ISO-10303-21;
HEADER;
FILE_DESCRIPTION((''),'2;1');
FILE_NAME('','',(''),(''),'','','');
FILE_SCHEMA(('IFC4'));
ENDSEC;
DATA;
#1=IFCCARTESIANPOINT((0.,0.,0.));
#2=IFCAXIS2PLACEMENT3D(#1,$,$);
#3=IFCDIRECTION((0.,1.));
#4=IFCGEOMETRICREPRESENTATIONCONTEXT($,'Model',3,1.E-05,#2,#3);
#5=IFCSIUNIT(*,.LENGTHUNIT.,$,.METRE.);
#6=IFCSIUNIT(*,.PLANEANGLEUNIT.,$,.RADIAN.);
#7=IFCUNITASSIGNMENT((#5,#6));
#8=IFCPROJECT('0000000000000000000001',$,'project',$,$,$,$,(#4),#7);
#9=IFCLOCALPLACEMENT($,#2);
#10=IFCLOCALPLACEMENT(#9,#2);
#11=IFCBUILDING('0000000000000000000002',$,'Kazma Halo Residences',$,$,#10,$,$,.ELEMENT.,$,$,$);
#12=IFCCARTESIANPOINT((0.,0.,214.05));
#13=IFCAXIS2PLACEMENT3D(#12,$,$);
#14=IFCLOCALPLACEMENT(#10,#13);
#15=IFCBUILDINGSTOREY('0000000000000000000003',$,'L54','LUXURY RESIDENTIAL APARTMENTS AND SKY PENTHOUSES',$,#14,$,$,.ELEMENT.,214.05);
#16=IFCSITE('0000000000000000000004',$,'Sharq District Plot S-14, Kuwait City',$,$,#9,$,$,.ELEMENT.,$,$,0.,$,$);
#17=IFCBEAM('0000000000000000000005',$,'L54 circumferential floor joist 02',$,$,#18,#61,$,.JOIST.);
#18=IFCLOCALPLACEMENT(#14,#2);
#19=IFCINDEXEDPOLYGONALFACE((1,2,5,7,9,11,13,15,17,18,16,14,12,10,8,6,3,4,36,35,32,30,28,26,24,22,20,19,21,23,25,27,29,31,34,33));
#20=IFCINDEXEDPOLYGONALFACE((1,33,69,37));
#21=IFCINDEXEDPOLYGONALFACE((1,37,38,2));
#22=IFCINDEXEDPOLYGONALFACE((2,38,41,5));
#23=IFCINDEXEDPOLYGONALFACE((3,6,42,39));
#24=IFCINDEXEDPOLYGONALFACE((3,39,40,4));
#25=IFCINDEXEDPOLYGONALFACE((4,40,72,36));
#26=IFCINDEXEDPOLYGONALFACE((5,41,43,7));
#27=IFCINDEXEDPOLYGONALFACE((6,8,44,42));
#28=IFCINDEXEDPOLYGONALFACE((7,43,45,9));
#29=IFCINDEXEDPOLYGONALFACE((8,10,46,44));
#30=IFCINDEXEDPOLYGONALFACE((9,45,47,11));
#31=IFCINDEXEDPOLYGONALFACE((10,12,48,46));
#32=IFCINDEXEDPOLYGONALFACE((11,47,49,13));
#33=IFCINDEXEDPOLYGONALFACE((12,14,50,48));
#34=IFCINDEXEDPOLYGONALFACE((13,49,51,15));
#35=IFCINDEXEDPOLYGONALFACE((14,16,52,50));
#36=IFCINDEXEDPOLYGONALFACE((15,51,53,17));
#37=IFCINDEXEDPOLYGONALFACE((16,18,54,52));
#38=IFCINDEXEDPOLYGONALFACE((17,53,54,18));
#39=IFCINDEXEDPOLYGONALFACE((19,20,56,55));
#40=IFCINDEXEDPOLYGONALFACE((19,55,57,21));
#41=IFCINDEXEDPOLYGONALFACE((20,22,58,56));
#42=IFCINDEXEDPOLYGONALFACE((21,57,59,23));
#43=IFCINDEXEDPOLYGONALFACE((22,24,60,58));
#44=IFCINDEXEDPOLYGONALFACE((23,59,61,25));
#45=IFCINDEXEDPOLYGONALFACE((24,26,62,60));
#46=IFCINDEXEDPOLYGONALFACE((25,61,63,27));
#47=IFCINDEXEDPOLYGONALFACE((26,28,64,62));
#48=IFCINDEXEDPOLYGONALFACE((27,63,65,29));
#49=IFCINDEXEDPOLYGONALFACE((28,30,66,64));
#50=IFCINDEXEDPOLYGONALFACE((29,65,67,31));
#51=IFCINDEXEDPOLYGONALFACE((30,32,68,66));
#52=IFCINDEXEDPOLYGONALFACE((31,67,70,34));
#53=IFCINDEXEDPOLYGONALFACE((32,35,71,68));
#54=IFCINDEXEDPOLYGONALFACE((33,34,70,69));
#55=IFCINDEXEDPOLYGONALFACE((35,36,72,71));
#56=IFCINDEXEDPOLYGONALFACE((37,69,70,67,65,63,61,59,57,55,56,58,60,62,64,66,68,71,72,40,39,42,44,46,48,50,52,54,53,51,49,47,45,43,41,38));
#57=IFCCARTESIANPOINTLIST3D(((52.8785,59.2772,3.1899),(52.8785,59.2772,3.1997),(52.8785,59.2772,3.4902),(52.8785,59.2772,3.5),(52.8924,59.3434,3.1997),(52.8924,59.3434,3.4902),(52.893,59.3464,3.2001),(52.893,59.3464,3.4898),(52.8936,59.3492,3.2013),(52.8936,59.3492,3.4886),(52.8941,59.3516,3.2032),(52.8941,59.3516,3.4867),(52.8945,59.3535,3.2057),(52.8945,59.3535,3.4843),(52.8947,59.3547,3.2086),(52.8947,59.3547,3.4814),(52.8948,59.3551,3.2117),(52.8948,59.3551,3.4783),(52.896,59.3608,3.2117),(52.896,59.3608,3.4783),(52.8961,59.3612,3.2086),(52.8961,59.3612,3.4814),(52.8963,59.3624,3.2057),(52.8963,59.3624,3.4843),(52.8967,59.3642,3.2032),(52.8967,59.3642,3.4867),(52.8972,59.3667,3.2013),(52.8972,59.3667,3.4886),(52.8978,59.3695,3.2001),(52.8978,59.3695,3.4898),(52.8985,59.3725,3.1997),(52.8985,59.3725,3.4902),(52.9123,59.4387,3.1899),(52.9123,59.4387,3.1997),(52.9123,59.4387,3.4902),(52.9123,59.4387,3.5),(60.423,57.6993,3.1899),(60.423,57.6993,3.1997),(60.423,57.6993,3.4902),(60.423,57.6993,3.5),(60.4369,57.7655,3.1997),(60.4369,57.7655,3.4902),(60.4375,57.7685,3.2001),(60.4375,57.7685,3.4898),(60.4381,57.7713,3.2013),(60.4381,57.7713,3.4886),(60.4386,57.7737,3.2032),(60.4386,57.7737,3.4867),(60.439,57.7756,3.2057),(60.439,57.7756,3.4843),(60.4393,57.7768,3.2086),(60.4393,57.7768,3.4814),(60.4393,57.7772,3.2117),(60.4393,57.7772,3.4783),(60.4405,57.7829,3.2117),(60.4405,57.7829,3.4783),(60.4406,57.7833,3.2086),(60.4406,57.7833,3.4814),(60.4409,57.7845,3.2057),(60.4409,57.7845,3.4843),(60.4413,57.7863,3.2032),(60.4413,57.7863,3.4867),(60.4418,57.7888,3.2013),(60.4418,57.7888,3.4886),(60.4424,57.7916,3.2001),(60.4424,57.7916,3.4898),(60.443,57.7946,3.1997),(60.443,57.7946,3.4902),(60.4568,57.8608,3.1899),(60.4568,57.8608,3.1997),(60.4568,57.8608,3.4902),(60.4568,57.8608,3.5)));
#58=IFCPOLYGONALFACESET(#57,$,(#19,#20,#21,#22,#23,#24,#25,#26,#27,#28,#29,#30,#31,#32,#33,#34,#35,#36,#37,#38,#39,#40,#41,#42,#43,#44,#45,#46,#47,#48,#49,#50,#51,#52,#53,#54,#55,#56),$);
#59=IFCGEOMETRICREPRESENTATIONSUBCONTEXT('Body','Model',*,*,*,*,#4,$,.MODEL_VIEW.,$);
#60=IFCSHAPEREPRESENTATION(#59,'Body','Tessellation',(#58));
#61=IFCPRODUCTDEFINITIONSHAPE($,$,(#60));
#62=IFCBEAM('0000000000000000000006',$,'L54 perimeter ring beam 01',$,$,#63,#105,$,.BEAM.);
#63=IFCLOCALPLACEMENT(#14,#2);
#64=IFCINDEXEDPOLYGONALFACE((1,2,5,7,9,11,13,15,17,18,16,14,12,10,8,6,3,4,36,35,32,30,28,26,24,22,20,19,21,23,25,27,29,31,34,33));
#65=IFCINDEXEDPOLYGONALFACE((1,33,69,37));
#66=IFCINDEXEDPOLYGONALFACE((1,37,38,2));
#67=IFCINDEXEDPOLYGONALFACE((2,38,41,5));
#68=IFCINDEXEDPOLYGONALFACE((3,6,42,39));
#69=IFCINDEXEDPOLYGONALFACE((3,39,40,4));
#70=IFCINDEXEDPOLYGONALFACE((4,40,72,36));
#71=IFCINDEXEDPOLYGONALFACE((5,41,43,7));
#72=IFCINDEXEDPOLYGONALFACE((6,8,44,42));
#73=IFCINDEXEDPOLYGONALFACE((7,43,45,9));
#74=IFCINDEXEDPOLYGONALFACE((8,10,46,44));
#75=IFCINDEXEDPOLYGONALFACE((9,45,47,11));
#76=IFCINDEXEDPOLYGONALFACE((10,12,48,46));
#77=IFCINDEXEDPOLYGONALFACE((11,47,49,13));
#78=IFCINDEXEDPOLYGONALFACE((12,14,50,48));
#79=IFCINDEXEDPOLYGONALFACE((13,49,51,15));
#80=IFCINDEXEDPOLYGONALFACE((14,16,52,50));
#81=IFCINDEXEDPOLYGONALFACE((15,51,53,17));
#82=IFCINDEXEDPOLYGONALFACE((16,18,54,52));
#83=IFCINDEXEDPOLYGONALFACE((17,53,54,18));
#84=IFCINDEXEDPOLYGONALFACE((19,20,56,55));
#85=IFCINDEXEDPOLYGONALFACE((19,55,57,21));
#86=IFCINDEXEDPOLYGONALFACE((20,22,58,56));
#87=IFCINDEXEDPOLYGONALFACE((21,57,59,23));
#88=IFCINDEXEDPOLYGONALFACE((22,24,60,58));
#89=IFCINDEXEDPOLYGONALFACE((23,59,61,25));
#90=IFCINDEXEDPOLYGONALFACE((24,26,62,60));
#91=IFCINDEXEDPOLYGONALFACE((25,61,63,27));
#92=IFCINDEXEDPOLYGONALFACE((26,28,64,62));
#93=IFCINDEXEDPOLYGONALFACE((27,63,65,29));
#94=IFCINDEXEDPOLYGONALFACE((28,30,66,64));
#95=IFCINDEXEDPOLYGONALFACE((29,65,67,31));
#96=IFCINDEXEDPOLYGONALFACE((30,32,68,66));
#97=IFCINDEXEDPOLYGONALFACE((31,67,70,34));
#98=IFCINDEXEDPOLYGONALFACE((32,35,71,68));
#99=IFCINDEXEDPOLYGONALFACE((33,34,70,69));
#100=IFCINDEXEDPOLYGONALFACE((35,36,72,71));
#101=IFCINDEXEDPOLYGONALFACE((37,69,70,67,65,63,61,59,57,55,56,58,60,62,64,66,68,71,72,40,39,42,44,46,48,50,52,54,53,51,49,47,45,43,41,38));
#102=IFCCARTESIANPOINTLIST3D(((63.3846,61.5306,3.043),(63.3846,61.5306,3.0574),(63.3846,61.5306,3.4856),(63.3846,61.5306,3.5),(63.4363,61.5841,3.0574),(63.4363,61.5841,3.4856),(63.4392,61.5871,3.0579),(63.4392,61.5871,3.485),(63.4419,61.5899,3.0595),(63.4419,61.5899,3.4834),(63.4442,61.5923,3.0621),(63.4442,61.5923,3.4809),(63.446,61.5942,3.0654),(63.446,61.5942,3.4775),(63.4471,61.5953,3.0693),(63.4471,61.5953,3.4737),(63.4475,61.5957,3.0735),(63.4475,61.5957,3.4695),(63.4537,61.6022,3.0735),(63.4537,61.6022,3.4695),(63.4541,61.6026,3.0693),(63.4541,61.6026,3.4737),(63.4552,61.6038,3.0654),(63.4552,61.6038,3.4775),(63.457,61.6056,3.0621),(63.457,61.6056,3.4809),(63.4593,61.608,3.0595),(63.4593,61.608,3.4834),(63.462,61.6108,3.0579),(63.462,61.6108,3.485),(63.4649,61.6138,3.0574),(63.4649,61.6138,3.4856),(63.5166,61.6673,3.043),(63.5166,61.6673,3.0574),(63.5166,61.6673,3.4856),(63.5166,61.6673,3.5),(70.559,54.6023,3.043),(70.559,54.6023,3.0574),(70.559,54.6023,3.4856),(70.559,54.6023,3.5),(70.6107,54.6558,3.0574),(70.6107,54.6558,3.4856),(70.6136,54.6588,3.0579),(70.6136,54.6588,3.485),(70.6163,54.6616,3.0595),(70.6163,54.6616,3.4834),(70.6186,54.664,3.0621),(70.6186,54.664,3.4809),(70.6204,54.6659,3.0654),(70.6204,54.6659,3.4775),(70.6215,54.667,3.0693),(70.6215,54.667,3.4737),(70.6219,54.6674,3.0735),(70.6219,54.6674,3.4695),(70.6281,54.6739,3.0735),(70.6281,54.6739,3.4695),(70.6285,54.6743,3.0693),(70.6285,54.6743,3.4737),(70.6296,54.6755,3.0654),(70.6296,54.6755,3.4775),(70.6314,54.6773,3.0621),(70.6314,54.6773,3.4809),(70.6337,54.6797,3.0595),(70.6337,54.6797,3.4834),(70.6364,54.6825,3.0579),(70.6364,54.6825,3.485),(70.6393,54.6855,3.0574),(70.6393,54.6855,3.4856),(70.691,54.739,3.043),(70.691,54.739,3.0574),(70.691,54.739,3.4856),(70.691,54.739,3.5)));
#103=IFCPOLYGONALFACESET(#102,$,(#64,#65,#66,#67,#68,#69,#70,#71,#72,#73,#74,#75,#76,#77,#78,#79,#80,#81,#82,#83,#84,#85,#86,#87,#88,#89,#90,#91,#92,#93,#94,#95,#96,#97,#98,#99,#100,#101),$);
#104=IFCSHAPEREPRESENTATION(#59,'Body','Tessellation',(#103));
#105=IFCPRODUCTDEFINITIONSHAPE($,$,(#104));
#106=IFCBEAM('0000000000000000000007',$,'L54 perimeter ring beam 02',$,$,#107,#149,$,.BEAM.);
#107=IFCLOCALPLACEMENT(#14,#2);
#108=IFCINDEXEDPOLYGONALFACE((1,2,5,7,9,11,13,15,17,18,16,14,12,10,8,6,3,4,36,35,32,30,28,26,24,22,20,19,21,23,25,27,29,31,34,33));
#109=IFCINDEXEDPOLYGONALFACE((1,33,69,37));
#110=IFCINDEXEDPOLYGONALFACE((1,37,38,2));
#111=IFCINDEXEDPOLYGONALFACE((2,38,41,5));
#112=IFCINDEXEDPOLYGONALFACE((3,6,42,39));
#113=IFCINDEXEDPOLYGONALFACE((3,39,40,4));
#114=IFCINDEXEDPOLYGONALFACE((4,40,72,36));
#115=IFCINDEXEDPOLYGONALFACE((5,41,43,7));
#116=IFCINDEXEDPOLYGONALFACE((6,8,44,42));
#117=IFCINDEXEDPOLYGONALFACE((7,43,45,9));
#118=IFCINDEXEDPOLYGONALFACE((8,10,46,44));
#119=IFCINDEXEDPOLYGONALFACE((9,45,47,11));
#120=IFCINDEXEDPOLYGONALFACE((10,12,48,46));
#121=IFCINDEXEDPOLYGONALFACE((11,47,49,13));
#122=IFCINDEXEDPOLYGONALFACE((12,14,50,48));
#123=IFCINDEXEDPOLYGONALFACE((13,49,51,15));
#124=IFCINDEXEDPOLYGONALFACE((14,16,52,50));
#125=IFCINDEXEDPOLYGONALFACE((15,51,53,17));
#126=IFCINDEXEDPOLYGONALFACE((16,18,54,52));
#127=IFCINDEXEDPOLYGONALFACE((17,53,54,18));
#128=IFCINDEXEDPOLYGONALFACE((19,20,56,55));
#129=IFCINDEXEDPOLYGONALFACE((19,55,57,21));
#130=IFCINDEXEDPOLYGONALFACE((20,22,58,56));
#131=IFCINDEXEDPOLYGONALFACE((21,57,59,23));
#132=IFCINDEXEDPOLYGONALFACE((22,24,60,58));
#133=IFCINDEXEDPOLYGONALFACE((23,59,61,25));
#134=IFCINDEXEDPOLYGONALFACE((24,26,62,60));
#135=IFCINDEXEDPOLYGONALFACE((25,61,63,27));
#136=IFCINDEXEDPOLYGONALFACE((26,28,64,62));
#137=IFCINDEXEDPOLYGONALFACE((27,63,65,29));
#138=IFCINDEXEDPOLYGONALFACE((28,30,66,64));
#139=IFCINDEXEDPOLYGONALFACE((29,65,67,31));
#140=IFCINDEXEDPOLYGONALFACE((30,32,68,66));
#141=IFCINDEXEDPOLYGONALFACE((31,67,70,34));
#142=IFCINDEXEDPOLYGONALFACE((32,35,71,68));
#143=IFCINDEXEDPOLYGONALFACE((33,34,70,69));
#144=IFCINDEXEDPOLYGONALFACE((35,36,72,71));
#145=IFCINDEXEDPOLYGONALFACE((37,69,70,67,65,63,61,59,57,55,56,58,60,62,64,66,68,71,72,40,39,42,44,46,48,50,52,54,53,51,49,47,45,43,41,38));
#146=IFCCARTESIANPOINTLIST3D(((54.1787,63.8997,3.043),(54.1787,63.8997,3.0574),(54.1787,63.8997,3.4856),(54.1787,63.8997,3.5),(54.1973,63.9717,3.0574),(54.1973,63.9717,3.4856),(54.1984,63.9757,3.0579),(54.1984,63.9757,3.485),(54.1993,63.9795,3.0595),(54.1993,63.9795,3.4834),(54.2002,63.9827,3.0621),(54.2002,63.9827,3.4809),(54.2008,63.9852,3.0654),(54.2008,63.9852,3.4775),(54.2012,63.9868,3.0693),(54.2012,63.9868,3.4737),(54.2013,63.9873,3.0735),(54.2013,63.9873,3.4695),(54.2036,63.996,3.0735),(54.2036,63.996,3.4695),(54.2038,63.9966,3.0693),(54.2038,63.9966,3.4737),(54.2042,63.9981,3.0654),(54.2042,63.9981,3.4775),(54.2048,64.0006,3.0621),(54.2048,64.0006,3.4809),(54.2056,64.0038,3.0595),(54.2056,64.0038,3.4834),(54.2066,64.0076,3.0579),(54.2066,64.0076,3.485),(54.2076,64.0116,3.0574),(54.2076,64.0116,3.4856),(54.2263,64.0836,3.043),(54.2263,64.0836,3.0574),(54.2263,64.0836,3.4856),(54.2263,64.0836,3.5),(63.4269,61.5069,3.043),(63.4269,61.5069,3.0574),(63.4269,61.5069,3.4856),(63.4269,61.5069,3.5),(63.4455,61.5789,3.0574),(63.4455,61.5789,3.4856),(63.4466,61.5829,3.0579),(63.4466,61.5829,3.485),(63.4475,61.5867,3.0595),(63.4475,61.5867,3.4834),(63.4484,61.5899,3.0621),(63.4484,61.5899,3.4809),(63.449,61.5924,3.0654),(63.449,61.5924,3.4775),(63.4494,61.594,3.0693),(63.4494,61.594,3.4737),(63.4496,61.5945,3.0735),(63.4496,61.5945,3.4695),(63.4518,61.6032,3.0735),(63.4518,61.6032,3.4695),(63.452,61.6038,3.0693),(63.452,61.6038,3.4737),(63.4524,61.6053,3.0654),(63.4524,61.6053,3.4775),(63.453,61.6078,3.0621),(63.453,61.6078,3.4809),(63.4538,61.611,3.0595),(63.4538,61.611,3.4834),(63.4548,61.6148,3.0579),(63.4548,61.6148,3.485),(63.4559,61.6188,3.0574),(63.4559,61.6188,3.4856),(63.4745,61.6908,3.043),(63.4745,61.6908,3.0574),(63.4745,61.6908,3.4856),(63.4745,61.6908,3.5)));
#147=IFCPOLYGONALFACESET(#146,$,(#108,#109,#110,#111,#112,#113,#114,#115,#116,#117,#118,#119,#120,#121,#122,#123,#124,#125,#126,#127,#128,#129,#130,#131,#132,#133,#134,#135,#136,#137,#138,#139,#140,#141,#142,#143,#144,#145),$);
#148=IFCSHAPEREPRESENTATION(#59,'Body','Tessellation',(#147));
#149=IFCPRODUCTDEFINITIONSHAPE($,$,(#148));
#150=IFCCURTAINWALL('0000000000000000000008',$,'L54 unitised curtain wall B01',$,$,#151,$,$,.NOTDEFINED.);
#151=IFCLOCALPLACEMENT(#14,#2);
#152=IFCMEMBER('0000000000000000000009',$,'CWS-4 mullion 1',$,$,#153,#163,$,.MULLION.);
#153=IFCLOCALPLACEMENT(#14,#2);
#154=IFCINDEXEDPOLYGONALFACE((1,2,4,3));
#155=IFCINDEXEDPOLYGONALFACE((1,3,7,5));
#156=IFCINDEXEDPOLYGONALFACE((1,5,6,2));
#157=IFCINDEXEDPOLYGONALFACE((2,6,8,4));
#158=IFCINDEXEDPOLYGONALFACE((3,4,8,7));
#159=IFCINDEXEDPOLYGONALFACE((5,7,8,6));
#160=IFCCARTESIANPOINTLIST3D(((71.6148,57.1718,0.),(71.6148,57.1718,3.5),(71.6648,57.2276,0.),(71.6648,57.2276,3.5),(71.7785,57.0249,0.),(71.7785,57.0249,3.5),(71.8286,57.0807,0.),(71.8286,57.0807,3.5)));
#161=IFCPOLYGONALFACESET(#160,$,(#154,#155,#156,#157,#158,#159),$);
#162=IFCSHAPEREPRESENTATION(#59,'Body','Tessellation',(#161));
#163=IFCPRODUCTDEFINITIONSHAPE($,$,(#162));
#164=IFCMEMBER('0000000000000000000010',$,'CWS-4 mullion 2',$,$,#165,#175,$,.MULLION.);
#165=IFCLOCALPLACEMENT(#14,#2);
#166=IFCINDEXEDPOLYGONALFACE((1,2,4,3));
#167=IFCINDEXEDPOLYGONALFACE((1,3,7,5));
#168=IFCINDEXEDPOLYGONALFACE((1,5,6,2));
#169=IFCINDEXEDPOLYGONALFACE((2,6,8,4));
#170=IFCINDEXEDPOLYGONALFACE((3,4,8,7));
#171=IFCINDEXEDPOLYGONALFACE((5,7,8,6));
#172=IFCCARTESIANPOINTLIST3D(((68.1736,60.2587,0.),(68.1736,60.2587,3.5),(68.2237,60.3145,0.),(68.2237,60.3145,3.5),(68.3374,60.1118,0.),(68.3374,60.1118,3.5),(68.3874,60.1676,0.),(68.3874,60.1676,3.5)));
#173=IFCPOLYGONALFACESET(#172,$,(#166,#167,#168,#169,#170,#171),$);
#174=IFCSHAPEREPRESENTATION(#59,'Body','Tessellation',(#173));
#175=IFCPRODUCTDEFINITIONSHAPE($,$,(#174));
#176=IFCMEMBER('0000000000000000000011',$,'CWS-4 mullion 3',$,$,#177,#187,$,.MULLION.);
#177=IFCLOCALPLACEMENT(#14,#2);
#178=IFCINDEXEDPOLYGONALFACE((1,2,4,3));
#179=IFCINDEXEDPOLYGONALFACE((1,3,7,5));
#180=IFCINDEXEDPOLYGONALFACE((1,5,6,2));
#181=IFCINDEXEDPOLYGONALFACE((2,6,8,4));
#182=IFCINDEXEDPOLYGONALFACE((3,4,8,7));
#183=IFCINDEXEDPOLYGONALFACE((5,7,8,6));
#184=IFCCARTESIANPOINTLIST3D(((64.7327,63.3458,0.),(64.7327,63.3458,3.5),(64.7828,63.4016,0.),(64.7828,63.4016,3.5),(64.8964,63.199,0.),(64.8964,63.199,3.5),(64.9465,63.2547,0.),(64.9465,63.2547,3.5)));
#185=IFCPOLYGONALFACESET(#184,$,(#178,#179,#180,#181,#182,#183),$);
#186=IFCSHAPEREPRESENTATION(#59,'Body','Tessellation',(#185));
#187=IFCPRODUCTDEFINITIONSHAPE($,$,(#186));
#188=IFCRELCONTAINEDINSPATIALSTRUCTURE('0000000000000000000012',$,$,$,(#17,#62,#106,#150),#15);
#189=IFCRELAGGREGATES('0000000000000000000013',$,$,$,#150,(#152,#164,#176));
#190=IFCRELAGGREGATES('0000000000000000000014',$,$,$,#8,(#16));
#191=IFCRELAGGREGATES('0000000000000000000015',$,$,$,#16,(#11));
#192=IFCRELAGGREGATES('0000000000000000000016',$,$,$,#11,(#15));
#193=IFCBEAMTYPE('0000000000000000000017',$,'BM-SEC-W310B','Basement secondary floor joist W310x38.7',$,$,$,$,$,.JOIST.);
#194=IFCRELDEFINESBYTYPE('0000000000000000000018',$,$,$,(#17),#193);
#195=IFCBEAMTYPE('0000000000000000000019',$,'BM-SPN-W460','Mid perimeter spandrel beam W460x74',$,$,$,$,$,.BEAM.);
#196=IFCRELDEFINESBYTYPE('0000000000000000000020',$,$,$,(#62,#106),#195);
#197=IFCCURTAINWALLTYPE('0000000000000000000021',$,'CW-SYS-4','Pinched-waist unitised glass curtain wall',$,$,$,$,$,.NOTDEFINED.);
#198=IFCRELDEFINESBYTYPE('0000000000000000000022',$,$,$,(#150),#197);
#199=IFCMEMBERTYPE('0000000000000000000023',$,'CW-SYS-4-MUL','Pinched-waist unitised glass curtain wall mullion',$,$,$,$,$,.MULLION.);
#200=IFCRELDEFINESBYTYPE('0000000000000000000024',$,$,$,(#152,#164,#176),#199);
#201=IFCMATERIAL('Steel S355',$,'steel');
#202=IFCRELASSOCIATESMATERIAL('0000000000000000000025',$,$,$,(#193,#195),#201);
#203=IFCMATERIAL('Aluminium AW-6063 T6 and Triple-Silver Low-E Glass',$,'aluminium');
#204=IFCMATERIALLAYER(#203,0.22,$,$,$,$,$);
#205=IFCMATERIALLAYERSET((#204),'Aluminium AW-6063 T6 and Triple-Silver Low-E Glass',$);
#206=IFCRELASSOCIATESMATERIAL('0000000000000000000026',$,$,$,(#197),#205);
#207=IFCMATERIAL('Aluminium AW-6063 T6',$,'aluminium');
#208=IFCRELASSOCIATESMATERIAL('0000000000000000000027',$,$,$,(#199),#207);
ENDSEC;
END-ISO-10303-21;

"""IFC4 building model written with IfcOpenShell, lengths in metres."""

from ifc_helpers import new_model, si_unit, direction, frame, origin, origin_2d, place, context, subcontext, project, spatial, rectangle, i_section, extrude, material, layer, layer_set, material_profile, profile_set, type_object, element, aggregate, save


model = new_model("IFC4")

# Units and contexts
model_context = context("Model", 3, precision=1e-05, world=origin(), true_north=direction((0.0, 1.0)))
body_context = subcontext(model_context, "Body", "Model", "MODEL_VIEW")
ifc_project = project(units=[si_unit("LENGTHUNIT", "METRE"), si_unit("PLANEANGLEUNIT", "RADIAN")], contexts=[model_context])

# Site, building, storey
site_placement = place(None, origin())
site = spatial("IfcSite", under=ifc_project, at=site_placement, Name="Sharq District Plot S-14, Kuwait City", CompositionType="ELEMENT", RefElevation=0.0)
building_placement = place(site_placement, origin())
building = spatial("IfcBuilding", under=site, at=building_placement, Name="Kazma Halo Residences", CompositionType="ELEMENT")
storey_placement = place(building_placement, frame((0.0, 0.0, 214.05)))
storey = spatial("IfcBuildingStorey", under=building, at=storey_placement, Name="L54", Description="LUXURY RESIDENTIAL APARTMENTS AND SKY PENTHOUSES", CompositionType="ELEMENT", Elevation=214.05)

# Beams
ifc_material_1 = material(Name="Steel S355", Category="steel")
ifc_material_profile_1 = material_profile(ifc_material_1, i_section(OverallWidth=0.165, OverallDepth=0.3101, WebThickness=0.0059, FlangeThickness=0.0098, FilletRadius=0.012, at=origin_2d()), Name="W310x38.7")
ifc_profile_set_1 = profile_set([ifc_material_profile_1], Name="Steel S355")
beam_type_1 = type_object("IfcBeamType", Name="BM-SEC-W310B", Description="Basement secondary floor joist W310x38.7", PredefinedType="JOIST", material=ifc_profile_set_1)
beam_1_placement = place(storey_placement, frame((60.4399, 57.78, 3.345), z_axis=(-0.978821, 0.204716, 0.0), x_axis=(-0.204716, -0.978821, 0.0)))
element("IfcBeam", 1, at=beam_1_placement, inside=storey, type_object=beam_type_1, Name="L54 circumferential floor joist 02", PredefinedType="JOIST", context=body_context, shape_type="SweptSolid", body=[
    extrude(i_section(OverallWidth=0.165, OverallDepth=0.3101, WebThickness=0.0059, FlangeThickness=0.0098, FilletRadius=0.012, at=origin_2d()), origin(), (0.0, 0.0, 1.0), 7.7078),
])
ifc_material_profile_2 = material_profile(ifc_material_1, i_section(OverallWidth=0.1899, OverallDepth=0.457, WebThickness=0.009, FlangeThickness=0.0144, FilletRadius=0.0161, at=origin_2d()), Name="W460x74")
ifc_profile_set_2 = profile_set([ifc_material_profile_2], Name="Steel S355")
beam_type_2 = type_object("IfcBeamType", Name="BM-SPN-W460", Description="Mid perimeter spandrel beam W460x74", PredefinedType="BEAM", material=ifc_profile_set_2)
beam_2_placement = place(storey_placement, frame((70.625, 54.6707, 3.2715), z_axis=(-0.719337, 0.694662, 0.0), x_axis=(-0.694662, -0.719337, 0.0)))
element("IfcBeam", 2, at=beam_2_placement, inside=storey, type_object=beam_type_2, Name="L54 perimeter ring beam 01", PredefinedType="BEAM", context=body_context, shape_type="SweptSolid", body=[
    extrude(i_section(OverallWidth=0.1899, OverallDepth=0.457, WebThickness=0.009, FlangeThickness=0.0144, FilletRadius=0.0161, at=origin_2d()), origin(), (0.0, 0.0, 1.0), 9.9736),
])
beam_3_placement = place(storey_placement, frame((63.4507, 61.5989, 3.2715), z_axis=(-0.968121, 0.250483, 0.0), x_axis=(-0.250483, -0.968121, 0.0)))
element("IfcBeam", 3, at=beam_3_placement, inside=storey, type_object=beam_type_2, Name="L54 perimeter ring beam 02", PredefinedType="BEAM", context=body_context, shape_type="SweptSolid", body=[
    extrude(i_section(OverallWidth=0.1899, OverallDepth=0.457, WebThickness=0.009, FlangeThickness=0.0144, FilletRadius=0.0161, at=origin_2d()), origin(), (0.0, 0.0, 1.0), 9.5527),
])

# Curtain wall, members
ifc_material_2 = material(Name="Aluminium AW-6063 T6 and Triple-Silver Low-E Glass", Category="aluminium")
ifc_layer_1 = layer(ifc_material_2, 0.22)
ifc_layer_set_1 = layer_set([ifc_layer_1], Name="Aluminium AW-6063 T6 and Triple-Silver Low-E Glass")
curtain_wall_type = type_object("IfcCurtainWallType", Name="CW-SYS-4", Description="Pinched-waist unitised glass curtain wall", PredefinedType="NOTDEFINED", material=ifc_layer_set_1)
curtain_wall_1_placement = place(storey_placement, origin())
curtain_wall_1 = element("IfcCurtainWall", 4, at=curtain_wall_1_placement, inside=storey, type_object=curtain_wall_type, Name="L54 unitised curtain wall B01", PredefinedType="NOTDEFINED")
ifc_material_3 = material(Name="Aluminium AW-6063 T6", Category="aluminium")
ifc_material_profile_3 = material_profile(ifc_material_3, rectangle(XDim=0.075, YDim=0.22, at=origin_2d()), Name="CWM-75x220")
ifc_profile_set_3 = profile_set([ifc_material_profile_3], Name="Aluminium AW-6063 T6")
member_type_1 = type_object("IfcMemberType", Name="CW-SYS-4-MUL", Description="Pinched-waist unitised glass curtain wall mullion", PredefinedType="MULLION", material=ifc_profile_set_3)
member_1_placement = place(storey_placement, frame((71.7217, 57.1262, 0.0), z_axis=(0.0, 0.0, 1.0), x_axis=(-0.667784, -0.744355, 0.0)))
member_1 = element("IfcMember", 5, at=member_1_placement, type_object=member_type_1, Name="CWS-4 mullion 1", PredefinedType="MULLION", context=body_context, shape_type="SweptSolid", body=[
    extrude(rectangle(XDim=0.075, YDim=0.22, at=origin_2d()), origin(), (0.0, 0.0, 1.0), 3.5),
])
member_2_placement = place(storey_placement, frame((68.2805, 60.2131, 0.0), z_axis=(0.0, 0.0, 1.0), x_axis=(-0.667784, -0.744355, 0.0)))
member_2 = element("IfcMember", 6, at=member_2_placement, type_object=member_type_1, Name="CWS-4 mullion 2", PredefinedType="MULLION", context=body_context, shape_type="SweptSolid", body=[
    extrude(rectangle(XDim=0.075, YDim=0.22, at=origin_2d()), origin(), (0.0, 0.0, 1.0), 3.5),
])
member_3_placement = place(storey_placement, frame((64.8396, 63.3003, 0.0), z_axis=(0.0, 0.0, 1.0), x_axis=(-0.667784, -0.744355, 0.0)))
member_3 = element("IfcMember", 7, at=member_3_placement, type_object=member_type_1, Name="CWS-4 mullion 3", PredefinedType="MULLION", context=body_context, shape_type="SweptSolid", body=[
    extrude(rectangle(XDim=0.075, YDim=0.22, at=origin_2d()), origin(), (0.0, 0.0, 1.0), 3.5),
])

aggregate(curtain_wall_1, [member_1, member_2, member_3])

save(model, "model.ifc")
